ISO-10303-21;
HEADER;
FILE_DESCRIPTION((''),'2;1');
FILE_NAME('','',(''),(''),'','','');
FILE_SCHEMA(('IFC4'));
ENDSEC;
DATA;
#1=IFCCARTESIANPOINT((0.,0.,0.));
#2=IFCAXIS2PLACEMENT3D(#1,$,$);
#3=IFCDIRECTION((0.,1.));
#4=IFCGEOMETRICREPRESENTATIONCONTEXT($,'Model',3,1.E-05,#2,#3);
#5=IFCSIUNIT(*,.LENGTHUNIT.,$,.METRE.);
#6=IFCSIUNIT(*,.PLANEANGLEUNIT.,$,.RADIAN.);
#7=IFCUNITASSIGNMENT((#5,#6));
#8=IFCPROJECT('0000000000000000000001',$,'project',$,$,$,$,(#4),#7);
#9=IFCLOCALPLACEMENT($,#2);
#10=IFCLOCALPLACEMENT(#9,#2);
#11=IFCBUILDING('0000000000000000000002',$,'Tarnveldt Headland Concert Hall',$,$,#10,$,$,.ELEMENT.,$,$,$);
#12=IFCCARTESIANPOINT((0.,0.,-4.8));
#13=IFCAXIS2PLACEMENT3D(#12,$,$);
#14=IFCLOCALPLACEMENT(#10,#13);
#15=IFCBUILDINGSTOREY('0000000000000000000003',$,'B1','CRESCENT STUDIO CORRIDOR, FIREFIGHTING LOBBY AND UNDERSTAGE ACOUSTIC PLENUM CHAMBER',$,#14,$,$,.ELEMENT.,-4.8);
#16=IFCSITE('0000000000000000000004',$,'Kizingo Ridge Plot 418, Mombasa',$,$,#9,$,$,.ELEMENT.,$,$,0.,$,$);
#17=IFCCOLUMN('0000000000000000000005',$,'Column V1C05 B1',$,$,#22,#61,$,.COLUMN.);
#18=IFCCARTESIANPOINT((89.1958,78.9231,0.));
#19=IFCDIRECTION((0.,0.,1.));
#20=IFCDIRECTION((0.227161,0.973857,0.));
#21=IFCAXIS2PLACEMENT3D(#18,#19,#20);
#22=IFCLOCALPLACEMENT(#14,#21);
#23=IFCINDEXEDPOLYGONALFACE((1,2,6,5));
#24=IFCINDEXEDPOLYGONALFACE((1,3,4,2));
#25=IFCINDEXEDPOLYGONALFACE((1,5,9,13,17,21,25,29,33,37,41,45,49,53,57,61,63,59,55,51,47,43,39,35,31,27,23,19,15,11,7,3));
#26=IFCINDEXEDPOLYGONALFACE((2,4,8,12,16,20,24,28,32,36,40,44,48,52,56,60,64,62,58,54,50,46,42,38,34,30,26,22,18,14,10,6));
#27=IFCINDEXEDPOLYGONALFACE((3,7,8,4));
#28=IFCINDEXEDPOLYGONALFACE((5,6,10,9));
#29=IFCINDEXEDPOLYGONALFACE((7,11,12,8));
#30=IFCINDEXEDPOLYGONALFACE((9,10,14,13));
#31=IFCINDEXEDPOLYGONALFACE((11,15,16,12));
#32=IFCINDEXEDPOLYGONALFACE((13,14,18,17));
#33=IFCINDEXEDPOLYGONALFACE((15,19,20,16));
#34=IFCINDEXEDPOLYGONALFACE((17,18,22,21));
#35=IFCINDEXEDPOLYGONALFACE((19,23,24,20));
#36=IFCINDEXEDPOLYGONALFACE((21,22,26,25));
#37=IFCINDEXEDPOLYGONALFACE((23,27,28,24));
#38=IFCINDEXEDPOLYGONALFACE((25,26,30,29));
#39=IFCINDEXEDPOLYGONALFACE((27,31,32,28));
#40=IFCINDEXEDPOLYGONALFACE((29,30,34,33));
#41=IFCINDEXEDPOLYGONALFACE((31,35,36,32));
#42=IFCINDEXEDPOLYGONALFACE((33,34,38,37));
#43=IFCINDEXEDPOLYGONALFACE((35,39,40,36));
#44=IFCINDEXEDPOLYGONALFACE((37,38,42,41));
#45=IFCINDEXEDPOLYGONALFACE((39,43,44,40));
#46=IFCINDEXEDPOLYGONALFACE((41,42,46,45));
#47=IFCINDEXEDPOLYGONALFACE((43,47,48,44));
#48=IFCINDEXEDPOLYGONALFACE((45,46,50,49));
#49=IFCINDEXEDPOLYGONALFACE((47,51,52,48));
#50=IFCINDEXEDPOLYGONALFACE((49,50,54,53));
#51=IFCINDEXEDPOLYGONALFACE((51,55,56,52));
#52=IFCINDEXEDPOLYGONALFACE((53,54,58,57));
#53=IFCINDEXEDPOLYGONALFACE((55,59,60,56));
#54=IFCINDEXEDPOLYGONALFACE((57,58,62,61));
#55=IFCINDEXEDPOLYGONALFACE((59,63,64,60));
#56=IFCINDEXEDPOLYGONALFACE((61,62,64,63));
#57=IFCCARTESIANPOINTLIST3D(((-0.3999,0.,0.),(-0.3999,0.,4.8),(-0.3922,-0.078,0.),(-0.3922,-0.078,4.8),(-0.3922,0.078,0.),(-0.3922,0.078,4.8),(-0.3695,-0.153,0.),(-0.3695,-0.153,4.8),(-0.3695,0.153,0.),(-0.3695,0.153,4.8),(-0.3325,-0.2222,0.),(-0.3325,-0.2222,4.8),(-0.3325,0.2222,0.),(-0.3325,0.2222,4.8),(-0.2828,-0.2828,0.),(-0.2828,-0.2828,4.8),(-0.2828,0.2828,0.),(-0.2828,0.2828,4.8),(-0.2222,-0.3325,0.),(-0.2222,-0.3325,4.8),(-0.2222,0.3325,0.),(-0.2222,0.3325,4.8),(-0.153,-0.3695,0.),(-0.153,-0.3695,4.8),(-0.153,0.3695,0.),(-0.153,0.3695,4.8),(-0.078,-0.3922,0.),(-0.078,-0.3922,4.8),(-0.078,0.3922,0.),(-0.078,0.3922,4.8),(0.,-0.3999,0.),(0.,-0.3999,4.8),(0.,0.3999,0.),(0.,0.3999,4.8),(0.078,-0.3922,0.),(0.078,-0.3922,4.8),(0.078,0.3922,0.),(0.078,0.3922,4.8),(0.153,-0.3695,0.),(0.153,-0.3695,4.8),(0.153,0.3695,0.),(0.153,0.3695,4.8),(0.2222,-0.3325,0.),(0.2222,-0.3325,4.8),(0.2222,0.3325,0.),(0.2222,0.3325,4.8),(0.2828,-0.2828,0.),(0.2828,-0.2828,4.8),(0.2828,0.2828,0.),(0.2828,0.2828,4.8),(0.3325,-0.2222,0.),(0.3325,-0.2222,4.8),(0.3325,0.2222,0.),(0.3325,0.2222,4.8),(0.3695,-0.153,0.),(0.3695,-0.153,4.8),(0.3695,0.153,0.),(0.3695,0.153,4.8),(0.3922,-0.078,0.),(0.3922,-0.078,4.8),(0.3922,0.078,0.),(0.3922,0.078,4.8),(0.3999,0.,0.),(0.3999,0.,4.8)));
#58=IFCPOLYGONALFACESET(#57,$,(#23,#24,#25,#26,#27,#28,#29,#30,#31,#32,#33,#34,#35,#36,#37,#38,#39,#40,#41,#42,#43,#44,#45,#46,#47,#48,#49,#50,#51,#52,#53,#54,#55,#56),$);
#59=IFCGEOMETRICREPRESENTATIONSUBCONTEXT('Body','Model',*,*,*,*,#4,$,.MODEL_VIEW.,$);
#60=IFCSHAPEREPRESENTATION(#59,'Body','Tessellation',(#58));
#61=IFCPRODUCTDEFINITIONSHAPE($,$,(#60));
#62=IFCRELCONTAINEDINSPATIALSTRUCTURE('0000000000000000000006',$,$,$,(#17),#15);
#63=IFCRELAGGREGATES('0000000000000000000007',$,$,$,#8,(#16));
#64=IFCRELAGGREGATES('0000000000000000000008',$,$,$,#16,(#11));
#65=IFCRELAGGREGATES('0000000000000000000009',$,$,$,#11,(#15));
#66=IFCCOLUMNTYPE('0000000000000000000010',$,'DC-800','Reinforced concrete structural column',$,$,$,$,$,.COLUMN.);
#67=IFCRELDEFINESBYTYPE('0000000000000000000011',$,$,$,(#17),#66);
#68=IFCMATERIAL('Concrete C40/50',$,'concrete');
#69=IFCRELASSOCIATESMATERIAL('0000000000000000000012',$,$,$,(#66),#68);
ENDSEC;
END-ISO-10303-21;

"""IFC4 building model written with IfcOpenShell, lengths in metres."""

from ifc_helpers import new_model, si_unit, direction, frame, origin, origin_2d, place, context, subcontext, project, spatial, circle, extrude, material, material_profile, profile_set, type_object, element, save


model = new_model("IFC4")

# Units and contexts
model_context = context("Model", 3, precision=1e-05, world=origin(), true_north=direction((0.0, 1.0)))
body_context = subcontext(model_context, "Body", "Model", "MODEL_VIEW")
ifc_project = project(units=[si_unit("LENGTHUNIT", "METRE"), si_unit("PLANEANGLEUNIT", "RADIAN")], contexts=[model_context])

# Site, building, storey
site_placement = place(None, origin())
site = spatial("IfcSite", under=ifc_project, at=site_placement, Name="Kizingo Ridge Plot 418, Mombasa", CompositionType="ELEMENT", RefElevation=0.0)
building_placement = place(site_placement, origin())
building = spatial("IfcBuilding", under=site, at=building_placement, Name="Tarnveldt Headland Concert Hall", CompositionType="ELEMENT")
storey_placement = place(building_placement, frame((0.0, 0.0, -4.8)))
storey = spatial("IfcBuildingStorey", under=building, at=storey_placement, Name="B1", Description="CRESCENT STUDIO CORRIDOR, FIREFIGHTING LOBBY AND UNDERSTAGE ACOUSTIC PLENUM CHAMBER", CompositionType="ELEMENT", Elevation=-4.8)

# Shared definitions
ifc_material_1 = material(Name="Concrete C40/50", Category="concrete")

# Column
ifc_material_profile_1 = material_profile(ifc_material_1, circle(Radius=0.3999, at=origin_2d()), Name="RC D800", Category="concrete")
ifc_profile_set_1 = profile_set([ifc_material_profile_1], Name="Concrete C40/50")
column_type_1 = type_object("IfcColumnType", Name="DC-800", Description="Reinforced concrete structural column", PredefinedType="COLUMN", material=ifc_profile_set_1)
column_placement = place(storey_placement, frame((89.1958, 78.9231, 0.0), z_axis=(0.0, 0.0, 1.0), x_axis=(0.227161, 0.973857, 0.0)))
element("IfcColumn", 1, at=column_placement, inside=storey, type_object=column_type_1, Name="Column V1C05 B1", PredefinedType="COLUMN", context=body_context, shape_type="SweptSolid", body=[
    extrude(circle(Radius=0.3999, at=origin_2d()), origin(), (0.0, 0.0, 1.0), 4.8),
])

save(model, "model.ifc")
